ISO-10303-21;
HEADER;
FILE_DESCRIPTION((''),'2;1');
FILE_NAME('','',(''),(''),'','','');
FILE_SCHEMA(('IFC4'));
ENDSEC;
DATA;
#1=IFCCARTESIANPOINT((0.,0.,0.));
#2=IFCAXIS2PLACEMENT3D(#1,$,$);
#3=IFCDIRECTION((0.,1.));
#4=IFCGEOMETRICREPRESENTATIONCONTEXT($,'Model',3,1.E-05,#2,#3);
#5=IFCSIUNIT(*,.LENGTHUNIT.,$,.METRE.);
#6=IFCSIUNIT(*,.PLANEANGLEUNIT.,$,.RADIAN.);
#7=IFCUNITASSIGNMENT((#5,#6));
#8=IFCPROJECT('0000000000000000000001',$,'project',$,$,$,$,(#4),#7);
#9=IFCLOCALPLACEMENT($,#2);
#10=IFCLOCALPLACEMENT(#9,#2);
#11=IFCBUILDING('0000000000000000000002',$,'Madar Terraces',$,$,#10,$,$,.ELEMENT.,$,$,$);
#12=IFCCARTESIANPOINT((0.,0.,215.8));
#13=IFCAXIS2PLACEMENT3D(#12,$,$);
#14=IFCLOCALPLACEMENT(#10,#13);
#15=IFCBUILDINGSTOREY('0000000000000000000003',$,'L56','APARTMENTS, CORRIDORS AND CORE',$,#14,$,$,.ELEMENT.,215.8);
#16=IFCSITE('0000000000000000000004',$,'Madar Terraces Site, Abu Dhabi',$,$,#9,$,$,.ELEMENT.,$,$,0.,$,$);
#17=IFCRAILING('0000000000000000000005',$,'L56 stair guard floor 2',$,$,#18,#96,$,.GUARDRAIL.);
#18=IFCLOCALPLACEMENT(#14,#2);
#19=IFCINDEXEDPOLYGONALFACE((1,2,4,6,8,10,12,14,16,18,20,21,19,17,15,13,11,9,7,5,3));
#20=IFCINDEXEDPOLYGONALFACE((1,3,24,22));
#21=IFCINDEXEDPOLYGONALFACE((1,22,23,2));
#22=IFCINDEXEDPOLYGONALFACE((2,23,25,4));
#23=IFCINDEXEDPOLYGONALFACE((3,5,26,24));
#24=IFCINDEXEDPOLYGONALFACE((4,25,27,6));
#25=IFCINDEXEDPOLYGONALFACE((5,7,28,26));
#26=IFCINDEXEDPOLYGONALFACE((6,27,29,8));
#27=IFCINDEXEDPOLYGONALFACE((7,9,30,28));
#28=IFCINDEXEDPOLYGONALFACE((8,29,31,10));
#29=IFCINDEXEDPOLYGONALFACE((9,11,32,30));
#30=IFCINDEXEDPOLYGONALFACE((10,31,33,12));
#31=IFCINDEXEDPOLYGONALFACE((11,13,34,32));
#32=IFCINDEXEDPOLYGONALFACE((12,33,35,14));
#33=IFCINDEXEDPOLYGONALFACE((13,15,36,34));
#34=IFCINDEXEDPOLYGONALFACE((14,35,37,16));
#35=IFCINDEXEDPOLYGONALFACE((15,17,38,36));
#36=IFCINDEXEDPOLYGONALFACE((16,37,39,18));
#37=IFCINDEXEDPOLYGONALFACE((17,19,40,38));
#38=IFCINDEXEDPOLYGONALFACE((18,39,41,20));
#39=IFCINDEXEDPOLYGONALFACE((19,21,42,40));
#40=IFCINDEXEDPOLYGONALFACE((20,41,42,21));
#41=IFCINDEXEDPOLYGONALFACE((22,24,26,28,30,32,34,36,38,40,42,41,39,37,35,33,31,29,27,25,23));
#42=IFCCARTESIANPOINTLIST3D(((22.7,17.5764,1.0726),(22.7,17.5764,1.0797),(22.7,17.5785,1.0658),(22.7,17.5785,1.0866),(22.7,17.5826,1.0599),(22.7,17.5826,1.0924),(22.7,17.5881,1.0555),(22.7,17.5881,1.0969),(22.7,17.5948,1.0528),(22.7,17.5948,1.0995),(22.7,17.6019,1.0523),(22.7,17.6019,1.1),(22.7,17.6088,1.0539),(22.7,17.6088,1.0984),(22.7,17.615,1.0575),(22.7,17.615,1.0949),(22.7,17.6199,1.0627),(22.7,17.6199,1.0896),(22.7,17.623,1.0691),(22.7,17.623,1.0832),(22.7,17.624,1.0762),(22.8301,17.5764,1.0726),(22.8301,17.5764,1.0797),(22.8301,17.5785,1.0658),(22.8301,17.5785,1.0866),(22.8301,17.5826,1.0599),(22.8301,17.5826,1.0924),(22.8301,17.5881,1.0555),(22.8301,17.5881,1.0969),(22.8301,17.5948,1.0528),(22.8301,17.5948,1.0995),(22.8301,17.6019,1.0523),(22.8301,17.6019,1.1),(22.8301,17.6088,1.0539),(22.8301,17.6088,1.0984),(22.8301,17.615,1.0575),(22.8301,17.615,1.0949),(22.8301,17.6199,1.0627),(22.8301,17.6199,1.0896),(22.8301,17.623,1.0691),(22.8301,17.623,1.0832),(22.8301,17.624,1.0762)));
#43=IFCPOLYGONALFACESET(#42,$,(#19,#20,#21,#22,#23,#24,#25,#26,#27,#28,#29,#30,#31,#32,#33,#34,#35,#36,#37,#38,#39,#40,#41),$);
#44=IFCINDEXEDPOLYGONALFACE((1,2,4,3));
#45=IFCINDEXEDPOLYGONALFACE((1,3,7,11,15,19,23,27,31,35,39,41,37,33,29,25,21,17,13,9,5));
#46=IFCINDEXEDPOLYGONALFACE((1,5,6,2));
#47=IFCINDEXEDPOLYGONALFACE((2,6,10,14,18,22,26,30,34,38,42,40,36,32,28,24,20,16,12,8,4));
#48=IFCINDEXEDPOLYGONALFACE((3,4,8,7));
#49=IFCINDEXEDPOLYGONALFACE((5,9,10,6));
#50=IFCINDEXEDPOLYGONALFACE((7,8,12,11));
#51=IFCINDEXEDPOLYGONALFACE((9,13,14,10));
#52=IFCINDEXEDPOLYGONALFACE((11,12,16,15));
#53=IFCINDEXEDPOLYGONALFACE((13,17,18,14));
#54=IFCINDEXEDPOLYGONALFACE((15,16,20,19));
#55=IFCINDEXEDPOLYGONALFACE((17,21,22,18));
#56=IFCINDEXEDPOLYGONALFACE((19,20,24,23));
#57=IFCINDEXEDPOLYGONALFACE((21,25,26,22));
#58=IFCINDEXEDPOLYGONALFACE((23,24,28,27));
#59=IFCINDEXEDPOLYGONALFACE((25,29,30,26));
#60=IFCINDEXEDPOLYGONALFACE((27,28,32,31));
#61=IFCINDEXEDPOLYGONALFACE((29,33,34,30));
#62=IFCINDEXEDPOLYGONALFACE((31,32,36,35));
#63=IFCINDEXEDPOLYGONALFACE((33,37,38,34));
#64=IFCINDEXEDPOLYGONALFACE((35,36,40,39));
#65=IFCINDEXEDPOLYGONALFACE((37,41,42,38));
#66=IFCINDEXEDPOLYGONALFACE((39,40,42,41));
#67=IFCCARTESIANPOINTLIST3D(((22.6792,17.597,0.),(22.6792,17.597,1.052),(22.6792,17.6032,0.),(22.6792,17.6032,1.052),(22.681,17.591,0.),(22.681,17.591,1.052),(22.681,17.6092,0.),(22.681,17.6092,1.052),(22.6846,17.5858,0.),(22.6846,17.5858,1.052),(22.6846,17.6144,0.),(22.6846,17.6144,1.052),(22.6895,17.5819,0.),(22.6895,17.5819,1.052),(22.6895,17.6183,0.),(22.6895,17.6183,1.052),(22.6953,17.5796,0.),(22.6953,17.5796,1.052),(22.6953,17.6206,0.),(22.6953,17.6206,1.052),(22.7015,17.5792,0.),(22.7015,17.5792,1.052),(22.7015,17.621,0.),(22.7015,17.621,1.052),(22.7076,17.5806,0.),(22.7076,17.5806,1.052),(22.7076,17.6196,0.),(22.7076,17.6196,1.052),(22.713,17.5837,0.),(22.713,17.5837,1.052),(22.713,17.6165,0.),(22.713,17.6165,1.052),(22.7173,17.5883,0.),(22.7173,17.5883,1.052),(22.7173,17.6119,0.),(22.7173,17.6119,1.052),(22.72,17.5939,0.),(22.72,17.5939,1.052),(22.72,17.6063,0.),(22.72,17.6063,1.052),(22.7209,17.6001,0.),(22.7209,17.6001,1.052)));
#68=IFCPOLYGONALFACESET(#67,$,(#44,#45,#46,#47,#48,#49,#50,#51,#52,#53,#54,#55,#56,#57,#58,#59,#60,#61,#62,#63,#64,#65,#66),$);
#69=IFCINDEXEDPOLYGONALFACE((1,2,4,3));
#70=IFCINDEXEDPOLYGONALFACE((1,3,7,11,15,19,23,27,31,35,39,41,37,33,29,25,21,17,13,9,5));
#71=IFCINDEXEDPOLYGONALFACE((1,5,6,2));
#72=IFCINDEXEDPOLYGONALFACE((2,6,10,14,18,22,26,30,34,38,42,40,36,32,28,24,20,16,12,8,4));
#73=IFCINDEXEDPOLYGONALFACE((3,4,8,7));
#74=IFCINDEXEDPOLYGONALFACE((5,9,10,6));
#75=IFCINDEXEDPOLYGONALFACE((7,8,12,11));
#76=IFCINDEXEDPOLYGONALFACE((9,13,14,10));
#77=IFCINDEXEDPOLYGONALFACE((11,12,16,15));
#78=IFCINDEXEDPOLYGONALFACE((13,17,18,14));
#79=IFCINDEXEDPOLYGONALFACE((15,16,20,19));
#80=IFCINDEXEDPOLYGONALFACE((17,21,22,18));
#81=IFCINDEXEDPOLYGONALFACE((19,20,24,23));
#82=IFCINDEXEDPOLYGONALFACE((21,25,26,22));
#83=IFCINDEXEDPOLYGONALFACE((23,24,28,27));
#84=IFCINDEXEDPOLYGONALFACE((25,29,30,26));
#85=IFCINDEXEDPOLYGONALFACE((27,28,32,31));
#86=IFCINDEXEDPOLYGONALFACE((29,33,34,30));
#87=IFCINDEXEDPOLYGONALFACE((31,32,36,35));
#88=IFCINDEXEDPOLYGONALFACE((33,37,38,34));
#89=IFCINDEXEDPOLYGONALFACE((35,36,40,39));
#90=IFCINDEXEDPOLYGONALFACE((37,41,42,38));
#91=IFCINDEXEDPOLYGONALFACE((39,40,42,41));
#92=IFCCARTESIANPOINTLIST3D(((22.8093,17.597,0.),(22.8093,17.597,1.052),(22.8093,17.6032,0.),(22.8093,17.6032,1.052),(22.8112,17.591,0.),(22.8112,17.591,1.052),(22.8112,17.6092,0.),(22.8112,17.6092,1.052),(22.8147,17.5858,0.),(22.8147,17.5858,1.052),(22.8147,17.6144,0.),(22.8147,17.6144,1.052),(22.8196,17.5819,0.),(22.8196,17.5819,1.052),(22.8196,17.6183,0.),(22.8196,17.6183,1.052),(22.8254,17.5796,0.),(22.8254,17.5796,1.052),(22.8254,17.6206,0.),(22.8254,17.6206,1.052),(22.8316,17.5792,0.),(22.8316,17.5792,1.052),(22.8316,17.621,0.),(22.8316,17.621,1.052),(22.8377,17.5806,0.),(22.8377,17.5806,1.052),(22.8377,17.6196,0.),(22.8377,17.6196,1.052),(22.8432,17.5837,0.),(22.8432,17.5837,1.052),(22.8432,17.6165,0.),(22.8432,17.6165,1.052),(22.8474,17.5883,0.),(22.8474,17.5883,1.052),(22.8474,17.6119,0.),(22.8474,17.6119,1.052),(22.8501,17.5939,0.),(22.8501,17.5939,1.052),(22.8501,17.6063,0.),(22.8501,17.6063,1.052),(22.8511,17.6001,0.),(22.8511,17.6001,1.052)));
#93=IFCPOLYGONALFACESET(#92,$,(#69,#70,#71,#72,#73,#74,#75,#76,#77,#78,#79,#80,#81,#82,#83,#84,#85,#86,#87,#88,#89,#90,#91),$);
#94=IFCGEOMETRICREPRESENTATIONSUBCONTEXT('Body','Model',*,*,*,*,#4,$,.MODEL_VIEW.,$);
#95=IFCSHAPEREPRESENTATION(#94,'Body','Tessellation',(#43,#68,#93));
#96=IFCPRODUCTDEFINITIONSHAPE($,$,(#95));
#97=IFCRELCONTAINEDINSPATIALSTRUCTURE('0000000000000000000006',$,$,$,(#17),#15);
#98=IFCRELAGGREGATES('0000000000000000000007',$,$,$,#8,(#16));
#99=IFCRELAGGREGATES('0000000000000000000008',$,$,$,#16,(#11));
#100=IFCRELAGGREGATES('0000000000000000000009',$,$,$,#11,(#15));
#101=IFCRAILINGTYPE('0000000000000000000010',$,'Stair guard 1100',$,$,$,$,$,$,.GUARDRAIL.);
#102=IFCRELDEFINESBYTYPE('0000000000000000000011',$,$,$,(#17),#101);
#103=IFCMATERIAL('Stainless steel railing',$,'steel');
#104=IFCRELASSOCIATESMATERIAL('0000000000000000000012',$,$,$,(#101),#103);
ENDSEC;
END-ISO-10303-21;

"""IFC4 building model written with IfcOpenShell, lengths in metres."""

from ifc_helpers import new_model, si_unit, direction, frame, origin, origin_2d, place, context, subcontext, project, spatial, circle, extrude, material, type_object, element, save


model = new_model("IFC4")

# Units and contexts
model_context = context("Model", 3, precision=1e-05, world=origin(), true_north=direction((0.0, 1.0)))
body_context = subcontext(model_context, "Body", "Model", "MODEL_VIEW")
ifc_project = project(units=[si_unit("LENGTHUNIT", "METRE"), si_unit("PLANEANGLEUNIT", "RADIAN")], contexts=[model_context])

# Site, building, storey
site_placement = place(None, origin())
site = spatial("IfcSite", under=ifc_project, at=site_placement, Name="Madar Terraces Site, Abu Dhabi", CompositionType="ELEMENT", RefElevation=0.0)
building_placement = place(site_placement, origin())
building = spatial("IfcBuilding", under=site, at=building_placement, Name="Madar Terraces", CompositionType="ELEMENT")
storey_placement = place(building_placement, frame((0.0, 0.0, 215.8)))
storey = spatial("IfcBuildingStorey", under=building, at=storey_placement, Name="L56", Description="APARTMENTS, CORRIDORS AND CORE", CompositionType="ELEMENT", Elevation=215.8)

# Railing
ifc_material_1 = material(Name="Stainless steel railing", Category="steel")
railing_type_1 = type_object("IfcRailingType", Name="Stair guard 1100", PredefinedType="GUARDRAIL", material=ifc_material_1)
for number, where, name in (
    (1, (22.7, 17.6001, 0.0), "L56 stair guard floor 2"),
):
    element("IfcRailing", number, at=place(storey_placement, frame(where)), inside=storey, type_object=railing_type_1, Name=name, PredefinedType="GUARDRAIL", context=body_context, shape_type="SweptSolid", body=[
        extrude(circle(Radius=0.0239, at=origin_2d()), frame((0.0, 0.0, 1.0762), z_axis=(1.0, 0.0, 0.0), x_axis=(0.0, 1.0, 0.0)), (0.0, 0.0, 1.0), 0.1301),
        extrude(circle(Radius=0.021, at=origin_2d()), origin(), (0.0, 0.0, 1.0), 1.052),
        extrude(circle(Radius=0.021, at=origin_2d()), frame((0.1301, 0.0, 0.0)), (0.0, 0.0, 1.0), 1.052),
    ])

save(model, "model.ifc")
